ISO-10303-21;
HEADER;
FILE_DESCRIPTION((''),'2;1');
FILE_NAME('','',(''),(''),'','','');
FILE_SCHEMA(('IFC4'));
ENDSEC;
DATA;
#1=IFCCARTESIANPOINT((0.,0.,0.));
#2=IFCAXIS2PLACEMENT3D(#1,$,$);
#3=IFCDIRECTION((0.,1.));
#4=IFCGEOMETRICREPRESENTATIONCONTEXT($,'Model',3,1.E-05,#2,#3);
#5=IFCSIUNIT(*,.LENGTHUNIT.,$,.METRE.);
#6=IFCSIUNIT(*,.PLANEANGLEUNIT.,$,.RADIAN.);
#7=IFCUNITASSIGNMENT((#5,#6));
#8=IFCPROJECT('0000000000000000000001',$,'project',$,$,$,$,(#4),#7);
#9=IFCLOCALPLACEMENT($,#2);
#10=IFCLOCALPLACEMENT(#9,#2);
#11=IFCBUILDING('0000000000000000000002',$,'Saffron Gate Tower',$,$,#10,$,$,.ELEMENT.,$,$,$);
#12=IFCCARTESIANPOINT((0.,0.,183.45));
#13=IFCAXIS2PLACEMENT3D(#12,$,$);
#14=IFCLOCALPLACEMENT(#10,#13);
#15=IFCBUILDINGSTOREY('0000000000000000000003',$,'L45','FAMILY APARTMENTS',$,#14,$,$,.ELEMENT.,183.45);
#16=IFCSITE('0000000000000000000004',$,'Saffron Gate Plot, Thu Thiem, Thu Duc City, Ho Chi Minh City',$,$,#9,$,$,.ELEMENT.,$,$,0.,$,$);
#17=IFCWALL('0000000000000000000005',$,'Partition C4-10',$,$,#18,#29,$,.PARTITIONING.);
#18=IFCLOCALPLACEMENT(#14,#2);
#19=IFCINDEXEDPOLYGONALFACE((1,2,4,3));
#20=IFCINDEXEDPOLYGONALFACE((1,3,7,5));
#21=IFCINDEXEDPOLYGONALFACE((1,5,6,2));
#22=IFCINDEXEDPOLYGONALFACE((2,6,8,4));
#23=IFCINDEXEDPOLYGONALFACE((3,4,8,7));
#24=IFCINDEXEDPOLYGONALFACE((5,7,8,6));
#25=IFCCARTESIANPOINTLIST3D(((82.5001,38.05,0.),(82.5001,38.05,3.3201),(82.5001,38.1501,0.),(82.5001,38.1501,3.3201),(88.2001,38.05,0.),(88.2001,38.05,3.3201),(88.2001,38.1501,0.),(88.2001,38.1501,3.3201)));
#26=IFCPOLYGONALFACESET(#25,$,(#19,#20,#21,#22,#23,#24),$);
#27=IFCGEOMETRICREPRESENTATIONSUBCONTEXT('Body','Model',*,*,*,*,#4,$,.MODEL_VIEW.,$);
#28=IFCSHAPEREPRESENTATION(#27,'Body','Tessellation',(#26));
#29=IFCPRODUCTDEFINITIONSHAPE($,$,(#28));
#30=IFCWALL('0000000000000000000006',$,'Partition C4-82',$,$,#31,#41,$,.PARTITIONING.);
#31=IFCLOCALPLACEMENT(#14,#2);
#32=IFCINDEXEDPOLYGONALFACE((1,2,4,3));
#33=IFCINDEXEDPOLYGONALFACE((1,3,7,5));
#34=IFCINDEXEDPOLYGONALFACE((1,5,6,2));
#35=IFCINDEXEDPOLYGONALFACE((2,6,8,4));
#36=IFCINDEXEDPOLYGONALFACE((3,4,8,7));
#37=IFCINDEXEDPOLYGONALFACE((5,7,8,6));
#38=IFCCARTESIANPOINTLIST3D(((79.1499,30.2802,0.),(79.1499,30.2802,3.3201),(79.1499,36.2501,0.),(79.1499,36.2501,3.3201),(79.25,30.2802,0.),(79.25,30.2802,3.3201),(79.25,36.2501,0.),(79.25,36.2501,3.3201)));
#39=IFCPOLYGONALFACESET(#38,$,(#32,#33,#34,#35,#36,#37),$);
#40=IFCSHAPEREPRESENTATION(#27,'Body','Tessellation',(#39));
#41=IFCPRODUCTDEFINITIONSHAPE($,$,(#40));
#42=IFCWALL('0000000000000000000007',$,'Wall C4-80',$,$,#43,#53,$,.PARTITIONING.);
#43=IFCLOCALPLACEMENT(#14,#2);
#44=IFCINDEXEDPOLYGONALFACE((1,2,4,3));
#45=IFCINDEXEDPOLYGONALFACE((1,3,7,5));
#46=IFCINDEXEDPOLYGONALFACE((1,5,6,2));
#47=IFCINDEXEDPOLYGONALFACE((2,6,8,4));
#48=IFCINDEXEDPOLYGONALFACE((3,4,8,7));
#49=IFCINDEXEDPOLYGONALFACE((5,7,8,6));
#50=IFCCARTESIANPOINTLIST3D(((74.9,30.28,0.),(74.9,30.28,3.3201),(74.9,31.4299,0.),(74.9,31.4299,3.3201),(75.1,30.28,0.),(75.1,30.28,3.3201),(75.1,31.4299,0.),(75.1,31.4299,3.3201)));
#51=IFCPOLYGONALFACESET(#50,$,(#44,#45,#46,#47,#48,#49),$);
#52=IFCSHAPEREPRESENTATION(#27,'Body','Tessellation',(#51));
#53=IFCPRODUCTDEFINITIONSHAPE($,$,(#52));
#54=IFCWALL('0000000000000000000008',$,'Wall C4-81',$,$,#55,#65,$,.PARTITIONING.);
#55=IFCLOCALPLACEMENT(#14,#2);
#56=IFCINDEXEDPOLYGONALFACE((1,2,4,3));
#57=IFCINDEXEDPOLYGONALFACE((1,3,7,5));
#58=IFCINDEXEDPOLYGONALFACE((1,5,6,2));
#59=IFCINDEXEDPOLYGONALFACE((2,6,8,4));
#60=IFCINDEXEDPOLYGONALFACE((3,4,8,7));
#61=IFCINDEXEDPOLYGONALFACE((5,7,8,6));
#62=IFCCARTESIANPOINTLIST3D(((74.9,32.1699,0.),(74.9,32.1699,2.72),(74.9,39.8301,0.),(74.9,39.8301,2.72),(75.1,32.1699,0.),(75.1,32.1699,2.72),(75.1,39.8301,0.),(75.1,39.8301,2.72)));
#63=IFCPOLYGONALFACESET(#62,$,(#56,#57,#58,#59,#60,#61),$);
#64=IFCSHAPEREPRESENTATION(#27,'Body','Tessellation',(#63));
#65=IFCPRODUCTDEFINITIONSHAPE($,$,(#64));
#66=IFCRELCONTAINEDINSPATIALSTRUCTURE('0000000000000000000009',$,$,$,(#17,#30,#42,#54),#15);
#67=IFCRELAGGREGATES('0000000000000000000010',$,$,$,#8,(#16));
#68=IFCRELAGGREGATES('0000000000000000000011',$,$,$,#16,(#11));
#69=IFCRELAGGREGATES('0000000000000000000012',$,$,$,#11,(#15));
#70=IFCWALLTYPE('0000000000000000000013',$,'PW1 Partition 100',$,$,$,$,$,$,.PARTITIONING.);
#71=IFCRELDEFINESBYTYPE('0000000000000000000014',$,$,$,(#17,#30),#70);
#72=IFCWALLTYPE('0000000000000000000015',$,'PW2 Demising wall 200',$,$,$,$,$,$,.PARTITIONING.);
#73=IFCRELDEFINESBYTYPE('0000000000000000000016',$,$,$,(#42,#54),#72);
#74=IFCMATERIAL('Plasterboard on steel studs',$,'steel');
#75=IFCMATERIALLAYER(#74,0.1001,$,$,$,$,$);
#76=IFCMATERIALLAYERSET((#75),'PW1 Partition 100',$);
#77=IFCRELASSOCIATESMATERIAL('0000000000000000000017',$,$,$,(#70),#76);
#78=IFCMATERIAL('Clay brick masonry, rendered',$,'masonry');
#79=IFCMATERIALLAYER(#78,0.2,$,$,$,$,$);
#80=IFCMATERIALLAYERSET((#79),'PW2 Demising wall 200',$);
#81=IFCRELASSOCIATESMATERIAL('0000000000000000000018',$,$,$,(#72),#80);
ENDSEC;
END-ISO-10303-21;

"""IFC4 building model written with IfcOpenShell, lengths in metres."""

from ifc_helpers import new_model, si_unit, direction, frame, frame_2d, origin, place, context, subcontext, project, spatial, rectangle, extrude, material, layer, layer_set, type_object, element, save


model = new_model("IFC4")

# Units and contexts
model_context = context("Model", 3, precision=1e-05, world=origin(), true_north=direction((0.0, 1.0)))
body_context = subcontext(model_context, "Body", "Model", "MODEL_VIEW")
ifc_project = project(units=[si_unit("LENGTHUNIT", "METRE"), si_unit("PLANEANGLEUNIT", "RADIAN")], contexts=[model_context])

# Site, building, storey
site_placement = place(None, origin())
site = spatial("IfcSite", under=ifc_project, at=site_placement, Name="Saffron Gate Plot, Thu Thiem, Thu Duc City, Ho Chi Minh City", CompositionType="ELEMENT", RefElevation=0.0)
building_placement = place(site_placement, origin())
building = spatial("IfcBuilding", under=site, at=building_placement, Name="Saffron Gate Tower", CompositionType="ELEMENT")
storey_placement = place(building_placement, frame((0.0, 0.0, 183.45)))
storey = spatial("IfcBuildingStorey", under=building, at=storey_placement, Name="L45", Description="FAMILY APARTMENTS", CompositionType="ELEMENT", Elevation=183.45)

# Shared definitions
ifc_material_1 = material(Name="Plasterboard on steel studs", Category="steel")
ifc_layer_1 = layer(ifc_material_1, 0.1001)
ifc_layer_set_1 = layer_set([ifc_layer_1], Name="PW1 Partition 100")
wall_type_1 = type_object("IfcWallType", Name="PW1 Partition 100", PredefinedType="PARTITIONING", material=ifc_layer_set_1)

# Walls
wall_1_placement = place(storey_placement, frame((82.5, 38.1001, 0.0), z_axis=(0.0, 0.0, 1.0), x_axis=(1.0, 0.0, 0.0)))
element("IfcWall", 1, at=wall_1_placement, inside=storey, type_object=wall_type_1, Name="Partition C4-10", PredefinedType="PARTITIONING", context=body_context, shape_type="SweptSolid", body=[
    extrude(rectangle(XDim=5.7, YDim=0.1001, at=frame_2d((2.8501, 0.0))), origin(), (0.0, 0.0, 1.0), 3.3201),
])
wall_2_placement = place(storey_placement, frame((79.2, 36.25, 0.0), z_axis=(0.0, 0.0, 1.0), x_axis=(0.0, -1.0, 0.0)))
element("IfcWall", 2, at=wall_2_placement, inside=storey, type_object=wall_type_1, Name="Partition C4-82", PredefinedType="PARTITIONING", context=body_context, shape_type="SweptSolid", body=[
    extrude(rectangle(XDim=5.97, YDim=0.1001, at=frame_2d((2.9849, 0.0))), origin(), (0.0, 0.0, 1.0), 3.3201),
])
ifc_material_2 = material(Name="Clay brick masonry, rendered", Category="masonry")
ifc_layer_2 = layer(ifc_material_2, 0.2)
ifc_layer_set_2 = layer_set([ifc_layer_2], Name="PW2 Demising wall 200")
wall_type_2 = type_object("IfcWallType", Name="PW2 Demising wall 200", PredefinedType="PARTITIONING", material=ifc_layer_set_2)
wall_3_placement = place(storey_placement, frame((75.0, 31.4299, 0.0), z_axis=(0.0, 0.0, 1.0), x_axis=(0.0, -1.0, 0.0)))
element("IfcWall", 3, at=wall_3_placement, inside=storey, type_object=wall_type_2, Name="Wall C4-80", PredefinedType="PARTITIONING", context=body_context, shape_type="SweptSolid", body=[
    extrude(rectangle(XDim=1.1499, YDim=0.2, at=frame_2d((0.575, 0.0))), origin(), (0.0, 0.0, 1.0), 3.3201),
])
wall_4_placement = place(storey_placement, frame((75.0, 39.8301, 0.0), z_axis=(0.0, 0.0, 1.0), x_axis=(0.0, -1.0, 0.0)))
element("IfcWall", 4, at=wall_4_placement, inside=storey, type_object=wall_type_2, Name="Wall C4-81", PredefinedType="PARTITIONING", context=body_context, shape_type="SweptSolid", body=[
    extrude(rectangle(XDim=7.6602, YDim=0.2, at=frame_2d((3.8301, 0.0))), origin(), (0.0, 0.0, 1.0), 2.72),
])

save(model, "model.ifc")
